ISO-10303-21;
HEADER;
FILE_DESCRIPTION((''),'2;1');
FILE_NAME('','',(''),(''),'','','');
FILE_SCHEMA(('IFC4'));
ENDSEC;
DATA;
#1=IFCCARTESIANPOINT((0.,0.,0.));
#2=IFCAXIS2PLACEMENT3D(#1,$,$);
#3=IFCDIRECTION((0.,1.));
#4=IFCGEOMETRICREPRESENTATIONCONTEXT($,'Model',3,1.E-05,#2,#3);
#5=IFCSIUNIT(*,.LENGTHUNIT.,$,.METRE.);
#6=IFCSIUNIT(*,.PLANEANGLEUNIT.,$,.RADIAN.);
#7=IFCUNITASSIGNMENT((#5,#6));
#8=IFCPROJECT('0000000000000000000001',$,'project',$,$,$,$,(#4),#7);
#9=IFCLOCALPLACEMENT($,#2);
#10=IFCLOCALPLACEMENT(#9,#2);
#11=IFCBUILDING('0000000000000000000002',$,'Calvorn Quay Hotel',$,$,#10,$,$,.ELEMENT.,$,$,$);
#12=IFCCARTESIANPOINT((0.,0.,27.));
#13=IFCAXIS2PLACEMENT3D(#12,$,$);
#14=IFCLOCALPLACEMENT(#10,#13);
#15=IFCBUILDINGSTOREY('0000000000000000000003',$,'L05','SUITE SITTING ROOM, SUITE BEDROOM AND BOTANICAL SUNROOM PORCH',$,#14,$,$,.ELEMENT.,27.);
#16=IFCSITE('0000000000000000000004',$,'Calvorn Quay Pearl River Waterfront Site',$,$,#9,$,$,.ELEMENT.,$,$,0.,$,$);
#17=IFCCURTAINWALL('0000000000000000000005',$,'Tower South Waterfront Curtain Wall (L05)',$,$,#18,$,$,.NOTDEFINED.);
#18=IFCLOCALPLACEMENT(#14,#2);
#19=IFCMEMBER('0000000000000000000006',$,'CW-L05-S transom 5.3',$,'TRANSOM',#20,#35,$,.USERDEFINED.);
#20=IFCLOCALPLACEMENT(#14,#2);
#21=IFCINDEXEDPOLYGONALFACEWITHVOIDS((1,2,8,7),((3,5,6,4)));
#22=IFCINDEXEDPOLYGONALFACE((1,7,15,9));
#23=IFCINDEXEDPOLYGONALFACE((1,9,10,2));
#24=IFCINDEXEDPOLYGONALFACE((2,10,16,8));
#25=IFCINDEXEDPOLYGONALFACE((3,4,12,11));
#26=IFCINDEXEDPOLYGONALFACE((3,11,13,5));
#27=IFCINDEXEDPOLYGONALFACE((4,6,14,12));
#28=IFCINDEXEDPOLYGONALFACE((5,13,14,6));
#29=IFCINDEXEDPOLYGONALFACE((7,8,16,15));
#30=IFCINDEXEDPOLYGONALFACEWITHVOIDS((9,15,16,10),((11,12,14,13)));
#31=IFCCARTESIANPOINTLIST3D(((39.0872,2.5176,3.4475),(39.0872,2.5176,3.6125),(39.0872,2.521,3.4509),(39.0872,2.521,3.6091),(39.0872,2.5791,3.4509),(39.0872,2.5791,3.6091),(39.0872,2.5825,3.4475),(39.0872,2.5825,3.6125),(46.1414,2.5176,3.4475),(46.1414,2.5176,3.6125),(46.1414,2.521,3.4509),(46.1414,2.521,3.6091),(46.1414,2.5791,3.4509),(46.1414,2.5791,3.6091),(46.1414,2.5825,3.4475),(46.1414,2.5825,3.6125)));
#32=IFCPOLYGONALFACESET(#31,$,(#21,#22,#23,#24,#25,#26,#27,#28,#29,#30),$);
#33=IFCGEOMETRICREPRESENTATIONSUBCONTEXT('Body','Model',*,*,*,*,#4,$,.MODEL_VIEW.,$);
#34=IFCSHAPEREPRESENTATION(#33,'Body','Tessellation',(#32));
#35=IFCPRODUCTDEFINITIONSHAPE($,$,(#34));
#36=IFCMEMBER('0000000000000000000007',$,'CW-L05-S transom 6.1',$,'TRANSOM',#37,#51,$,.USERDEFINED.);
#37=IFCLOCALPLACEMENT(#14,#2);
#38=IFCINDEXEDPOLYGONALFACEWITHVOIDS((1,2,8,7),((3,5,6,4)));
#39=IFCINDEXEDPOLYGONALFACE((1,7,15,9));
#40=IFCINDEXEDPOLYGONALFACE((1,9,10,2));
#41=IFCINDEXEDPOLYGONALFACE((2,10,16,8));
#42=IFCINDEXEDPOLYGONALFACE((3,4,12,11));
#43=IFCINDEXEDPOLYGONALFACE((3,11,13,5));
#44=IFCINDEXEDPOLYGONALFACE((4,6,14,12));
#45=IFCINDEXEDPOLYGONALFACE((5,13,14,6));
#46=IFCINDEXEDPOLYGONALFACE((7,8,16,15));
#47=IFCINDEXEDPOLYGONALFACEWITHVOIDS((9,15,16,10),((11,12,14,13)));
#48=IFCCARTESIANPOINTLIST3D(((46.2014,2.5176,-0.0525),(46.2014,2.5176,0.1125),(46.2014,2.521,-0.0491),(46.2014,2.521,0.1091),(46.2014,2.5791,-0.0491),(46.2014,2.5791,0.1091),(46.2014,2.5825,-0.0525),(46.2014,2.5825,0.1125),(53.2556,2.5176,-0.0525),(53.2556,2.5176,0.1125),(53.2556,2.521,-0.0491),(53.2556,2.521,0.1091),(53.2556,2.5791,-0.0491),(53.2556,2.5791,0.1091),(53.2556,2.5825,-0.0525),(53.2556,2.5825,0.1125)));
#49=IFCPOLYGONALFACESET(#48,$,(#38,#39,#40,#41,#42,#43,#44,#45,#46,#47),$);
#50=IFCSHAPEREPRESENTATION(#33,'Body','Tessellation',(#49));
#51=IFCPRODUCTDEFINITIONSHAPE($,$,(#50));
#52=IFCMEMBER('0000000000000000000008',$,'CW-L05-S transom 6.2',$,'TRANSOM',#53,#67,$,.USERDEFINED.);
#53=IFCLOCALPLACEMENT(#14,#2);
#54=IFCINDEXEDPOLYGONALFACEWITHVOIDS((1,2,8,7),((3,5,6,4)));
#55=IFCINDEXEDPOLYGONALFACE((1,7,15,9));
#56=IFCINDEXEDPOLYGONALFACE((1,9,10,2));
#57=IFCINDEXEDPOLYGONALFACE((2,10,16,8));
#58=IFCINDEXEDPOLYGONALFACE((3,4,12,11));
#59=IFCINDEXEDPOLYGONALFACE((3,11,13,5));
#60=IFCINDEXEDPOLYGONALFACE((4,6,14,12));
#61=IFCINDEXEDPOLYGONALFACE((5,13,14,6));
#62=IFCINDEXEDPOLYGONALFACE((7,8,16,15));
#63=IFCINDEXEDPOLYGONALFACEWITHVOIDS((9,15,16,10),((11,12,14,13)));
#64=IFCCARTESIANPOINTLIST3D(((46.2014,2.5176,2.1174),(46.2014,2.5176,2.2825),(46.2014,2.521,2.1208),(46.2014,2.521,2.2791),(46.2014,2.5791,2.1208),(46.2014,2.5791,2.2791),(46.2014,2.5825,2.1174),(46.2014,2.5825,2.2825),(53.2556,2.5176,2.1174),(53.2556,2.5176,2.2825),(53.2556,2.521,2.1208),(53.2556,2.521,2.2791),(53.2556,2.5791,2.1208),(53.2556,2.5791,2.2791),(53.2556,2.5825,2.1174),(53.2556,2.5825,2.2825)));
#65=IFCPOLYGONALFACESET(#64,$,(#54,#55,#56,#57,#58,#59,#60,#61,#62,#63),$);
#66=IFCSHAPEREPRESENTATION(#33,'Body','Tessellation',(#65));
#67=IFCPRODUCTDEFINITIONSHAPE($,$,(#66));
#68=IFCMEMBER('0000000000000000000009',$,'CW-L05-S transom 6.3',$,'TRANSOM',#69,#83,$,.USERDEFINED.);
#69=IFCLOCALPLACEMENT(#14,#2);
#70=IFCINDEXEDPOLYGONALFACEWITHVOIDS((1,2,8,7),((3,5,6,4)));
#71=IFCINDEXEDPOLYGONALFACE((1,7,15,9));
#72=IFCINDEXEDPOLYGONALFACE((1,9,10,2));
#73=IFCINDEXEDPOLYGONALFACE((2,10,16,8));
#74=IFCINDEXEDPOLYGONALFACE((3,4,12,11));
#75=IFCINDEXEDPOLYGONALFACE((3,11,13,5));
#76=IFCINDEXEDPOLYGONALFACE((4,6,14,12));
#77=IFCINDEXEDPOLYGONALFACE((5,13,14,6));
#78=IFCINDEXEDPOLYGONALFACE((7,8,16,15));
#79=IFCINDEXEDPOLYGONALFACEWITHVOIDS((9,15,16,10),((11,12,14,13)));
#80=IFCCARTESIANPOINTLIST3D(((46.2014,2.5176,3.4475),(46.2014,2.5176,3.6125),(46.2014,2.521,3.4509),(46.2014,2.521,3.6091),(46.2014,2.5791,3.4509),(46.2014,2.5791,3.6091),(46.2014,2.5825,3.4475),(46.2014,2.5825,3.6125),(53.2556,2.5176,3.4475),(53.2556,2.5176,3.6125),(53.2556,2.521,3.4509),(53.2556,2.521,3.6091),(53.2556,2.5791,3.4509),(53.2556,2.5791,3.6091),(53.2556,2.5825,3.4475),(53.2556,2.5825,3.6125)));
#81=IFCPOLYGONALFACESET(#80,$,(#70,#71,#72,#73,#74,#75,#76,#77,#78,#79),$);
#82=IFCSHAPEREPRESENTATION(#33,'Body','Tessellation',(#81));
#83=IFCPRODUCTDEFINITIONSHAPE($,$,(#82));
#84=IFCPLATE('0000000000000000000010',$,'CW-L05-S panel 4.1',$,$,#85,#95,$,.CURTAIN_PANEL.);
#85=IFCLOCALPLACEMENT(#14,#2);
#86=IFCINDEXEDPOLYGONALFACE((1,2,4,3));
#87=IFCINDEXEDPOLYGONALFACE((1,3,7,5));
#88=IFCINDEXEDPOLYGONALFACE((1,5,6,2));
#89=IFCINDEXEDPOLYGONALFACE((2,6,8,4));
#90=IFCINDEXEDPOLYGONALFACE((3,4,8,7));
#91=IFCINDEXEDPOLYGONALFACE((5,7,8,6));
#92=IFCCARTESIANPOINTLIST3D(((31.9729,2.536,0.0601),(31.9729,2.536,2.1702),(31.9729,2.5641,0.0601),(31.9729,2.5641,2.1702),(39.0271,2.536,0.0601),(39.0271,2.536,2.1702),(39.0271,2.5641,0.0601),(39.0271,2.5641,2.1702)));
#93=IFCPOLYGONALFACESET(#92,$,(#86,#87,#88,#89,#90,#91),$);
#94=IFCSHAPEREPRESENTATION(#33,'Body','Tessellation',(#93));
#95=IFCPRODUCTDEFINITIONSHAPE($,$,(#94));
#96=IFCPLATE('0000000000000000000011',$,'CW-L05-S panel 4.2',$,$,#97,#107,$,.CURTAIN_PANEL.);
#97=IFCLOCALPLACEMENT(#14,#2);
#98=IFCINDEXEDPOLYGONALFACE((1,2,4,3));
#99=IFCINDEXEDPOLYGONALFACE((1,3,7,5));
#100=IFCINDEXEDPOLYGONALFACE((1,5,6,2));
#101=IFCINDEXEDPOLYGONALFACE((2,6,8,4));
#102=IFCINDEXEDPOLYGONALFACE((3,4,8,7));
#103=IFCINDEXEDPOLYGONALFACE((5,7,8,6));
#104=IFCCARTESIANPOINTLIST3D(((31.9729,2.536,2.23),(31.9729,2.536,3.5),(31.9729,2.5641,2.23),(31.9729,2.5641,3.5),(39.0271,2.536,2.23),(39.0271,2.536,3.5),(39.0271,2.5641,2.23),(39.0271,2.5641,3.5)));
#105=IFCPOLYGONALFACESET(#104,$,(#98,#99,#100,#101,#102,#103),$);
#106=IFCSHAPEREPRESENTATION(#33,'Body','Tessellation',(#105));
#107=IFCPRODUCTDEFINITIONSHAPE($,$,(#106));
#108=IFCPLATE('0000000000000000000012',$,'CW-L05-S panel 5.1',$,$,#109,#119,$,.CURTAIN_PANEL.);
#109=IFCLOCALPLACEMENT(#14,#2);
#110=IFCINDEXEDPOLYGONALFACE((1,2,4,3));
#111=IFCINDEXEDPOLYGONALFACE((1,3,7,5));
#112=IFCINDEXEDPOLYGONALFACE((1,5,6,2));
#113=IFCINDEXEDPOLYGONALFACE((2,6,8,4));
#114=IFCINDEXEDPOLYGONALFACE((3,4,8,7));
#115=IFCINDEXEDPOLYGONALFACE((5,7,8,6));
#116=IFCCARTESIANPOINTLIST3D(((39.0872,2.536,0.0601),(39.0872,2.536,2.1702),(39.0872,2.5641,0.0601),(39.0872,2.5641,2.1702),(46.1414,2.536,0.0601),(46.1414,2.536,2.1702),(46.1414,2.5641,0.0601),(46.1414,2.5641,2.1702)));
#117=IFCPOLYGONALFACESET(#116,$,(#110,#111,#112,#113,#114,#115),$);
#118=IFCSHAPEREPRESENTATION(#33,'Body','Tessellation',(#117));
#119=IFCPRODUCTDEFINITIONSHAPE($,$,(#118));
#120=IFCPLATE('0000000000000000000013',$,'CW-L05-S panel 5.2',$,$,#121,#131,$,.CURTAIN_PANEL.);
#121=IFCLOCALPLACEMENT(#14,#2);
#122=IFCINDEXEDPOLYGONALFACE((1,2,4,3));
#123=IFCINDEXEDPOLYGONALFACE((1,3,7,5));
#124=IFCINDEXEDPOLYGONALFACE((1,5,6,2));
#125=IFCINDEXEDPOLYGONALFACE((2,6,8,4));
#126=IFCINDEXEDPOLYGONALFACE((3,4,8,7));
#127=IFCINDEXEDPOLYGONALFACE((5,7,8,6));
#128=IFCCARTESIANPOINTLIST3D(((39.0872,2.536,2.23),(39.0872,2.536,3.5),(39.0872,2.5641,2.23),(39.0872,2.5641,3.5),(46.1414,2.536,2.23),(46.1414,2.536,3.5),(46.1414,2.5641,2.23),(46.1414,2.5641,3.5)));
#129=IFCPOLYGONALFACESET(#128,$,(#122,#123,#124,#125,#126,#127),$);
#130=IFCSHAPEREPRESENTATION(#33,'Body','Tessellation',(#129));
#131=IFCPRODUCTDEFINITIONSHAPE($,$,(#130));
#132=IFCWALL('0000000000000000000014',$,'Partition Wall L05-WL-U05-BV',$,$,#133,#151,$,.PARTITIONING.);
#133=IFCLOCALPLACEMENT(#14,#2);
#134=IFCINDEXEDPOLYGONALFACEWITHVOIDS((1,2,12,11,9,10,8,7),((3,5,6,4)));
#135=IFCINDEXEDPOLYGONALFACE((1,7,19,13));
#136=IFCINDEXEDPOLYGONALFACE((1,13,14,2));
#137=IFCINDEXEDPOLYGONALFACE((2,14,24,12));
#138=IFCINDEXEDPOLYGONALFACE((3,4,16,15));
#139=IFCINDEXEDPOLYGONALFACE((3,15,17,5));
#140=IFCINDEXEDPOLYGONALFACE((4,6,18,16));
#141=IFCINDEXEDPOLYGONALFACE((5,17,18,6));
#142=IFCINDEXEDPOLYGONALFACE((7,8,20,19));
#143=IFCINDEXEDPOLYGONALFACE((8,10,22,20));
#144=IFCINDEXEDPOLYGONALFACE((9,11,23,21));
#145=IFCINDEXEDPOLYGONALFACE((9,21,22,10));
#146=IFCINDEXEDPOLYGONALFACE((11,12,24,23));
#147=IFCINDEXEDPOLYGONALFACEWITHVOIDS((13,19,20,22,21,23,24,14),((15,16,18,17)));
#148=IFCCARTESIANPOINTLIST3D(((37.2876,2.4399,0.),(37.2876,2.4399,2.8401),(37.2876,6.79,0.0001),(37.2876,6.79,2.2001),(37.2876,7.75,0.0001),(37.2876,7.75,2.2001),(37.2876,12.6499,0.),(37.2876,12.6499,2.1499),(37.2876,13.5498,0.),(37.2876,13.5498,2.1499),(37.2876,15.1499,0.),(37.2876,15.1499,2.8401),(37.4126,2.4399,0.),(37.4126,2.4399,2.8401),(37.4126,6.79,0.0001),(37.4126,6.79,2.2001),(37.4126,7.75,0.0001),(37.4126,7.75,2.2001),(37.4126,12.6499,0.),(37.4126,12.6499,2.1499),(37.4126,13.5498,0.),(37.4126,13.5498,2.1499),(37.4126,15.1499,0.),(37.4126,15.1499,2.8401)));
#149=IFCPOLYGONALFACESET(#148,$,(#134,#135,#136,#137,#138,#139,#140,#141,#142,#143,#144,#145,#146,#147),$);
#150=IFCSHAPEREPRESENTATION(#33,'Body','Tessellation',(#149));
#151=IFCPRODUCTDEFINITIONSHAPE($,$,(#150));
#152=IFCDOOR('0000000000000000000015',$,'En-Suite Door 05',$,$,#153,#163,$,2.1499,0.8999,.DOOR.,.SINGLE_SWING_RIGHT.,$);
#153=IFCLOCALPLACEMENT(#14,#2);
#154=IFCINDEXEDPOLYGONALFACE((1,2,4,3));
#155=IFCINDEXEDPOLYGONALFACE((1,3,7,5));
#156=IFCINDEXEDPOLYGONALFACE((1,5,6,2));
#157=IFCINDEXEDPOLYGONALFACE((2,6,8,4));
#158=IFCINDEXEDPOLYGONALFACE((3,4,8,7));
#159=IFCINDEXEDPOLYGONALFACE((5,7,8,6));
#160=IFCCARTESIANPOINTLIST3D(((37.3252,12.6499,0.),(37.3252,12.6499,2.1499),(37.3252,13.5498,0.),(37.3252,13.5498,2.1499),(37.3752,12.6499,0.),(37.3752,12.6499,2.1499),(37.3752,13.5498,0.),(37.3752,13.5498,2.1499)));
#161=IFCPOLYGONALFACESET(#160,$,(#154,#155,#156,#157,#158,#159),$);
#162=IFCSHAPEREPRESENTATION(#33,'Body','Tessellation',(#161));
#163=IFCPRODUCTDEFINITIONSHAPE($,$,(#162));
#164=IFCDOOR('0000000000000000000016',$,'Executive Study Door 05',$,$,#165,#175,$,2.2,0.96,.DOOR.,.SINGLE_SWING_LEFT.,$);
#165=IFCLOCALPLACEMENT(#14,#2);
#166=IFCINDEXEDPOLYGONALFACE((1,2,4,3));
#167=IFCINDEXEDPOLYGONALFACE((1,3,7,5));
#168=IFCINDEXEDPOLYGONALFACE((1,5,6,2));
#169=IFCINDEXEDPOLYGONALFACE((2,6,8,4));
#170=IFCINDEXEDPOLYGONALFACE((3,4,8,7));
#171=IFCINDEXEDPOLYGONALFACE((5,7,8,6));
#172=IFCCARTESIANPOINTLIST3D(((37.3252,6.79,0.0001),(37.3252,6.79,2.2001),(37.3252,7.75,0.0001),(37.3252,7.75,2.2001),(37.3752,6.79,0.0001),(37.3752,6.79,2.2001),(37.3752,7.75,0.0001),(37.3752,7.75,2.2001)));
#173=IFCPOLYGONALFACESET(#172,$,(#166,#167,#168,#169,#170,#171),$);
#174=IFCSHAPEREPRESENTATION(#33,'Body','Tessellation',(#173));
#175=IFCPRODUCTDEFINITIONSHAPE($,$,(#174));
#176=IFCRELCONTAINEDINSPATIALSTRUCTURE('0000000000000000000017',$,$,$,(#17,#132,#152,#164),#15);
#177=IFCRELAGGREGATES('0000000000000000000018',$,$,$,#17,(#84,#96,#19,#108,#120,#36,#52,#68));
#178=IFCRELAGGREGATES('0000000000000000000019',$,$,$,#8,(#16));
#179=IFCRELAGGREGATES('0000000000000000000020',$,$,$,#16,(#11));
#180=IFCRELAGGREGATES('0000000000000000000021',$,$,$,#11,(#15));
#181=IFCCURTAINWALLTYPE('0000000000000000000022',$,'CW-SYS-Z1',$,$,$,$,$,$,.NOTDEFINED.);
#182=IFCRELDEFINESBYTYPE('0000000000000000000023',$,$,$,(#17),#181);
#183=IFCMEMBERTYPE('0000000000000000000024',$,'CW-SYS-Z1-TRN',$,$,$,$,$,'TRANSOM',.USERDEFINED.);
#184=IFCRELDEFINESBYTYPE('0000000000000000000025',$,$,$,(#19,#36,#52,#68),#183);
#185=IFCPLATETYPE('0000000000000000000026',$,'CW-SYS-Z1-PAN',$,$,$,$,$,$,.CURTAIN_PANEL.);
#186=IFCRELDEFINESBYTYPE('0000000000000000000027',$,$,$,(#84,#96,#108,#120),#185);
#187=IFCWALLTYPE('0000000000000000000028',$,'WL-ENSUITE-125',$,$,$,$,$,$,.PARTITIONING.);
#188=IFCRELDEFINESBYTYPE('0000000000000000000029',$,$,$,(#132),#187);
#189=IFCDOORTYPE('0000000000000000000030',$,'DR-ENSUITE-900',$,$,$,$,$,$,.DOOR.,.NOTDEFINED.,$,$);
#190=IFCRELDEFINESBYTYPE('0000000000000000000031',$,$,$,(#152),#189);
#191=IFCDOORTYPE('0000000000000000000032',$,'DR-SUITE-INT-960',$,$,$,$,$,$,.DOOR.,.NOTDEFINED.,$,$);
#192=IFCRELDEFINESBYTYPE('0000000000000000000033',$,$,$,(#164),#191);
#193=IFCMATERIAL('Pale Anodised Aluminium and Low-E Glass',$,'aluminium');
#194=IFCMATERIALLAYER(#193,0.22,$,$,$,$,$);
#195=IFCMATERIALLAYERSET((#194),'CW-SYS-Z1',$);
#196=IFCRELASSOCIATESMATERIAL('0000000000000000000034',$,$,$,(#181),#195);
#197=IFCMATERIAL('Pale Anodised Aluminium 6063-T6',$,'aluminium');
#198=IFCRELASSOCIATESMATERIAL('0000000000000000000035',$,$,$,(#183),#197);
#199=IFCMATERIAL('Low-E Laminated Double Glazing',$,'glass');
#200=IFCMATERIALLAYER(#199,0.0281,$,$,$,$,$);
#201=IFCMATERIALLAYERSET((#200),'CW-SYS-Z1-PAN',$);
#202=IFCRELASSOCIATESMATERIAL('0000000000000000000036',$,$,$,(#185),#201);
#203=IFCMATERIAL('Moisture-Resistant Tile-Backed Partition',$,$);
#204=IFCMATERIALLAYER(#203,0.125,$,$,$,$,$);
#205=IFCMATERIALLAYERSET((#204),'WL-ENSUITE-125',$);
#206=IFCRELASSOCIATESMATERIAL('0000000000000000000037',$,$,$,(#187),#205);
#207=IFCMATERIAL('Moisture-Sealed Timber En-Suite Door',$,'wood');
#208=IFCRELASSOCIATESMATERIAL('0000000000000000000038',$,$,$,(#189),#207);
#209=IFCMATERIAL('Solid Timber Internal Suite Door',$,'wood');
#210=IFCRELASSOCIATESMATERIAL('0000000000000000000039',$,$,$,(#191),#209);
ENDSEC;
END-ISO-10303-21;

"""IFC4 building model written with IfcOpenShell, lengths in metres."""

from ifc_helpers import new_model, si_unit, direction, frame, frame_2d, origin, origin_2d, place, context, subcontext, project, spatial, rectangle, hollow_rectangle, extrude, material, layer, layer_set, material_profile, profile_set, type_object, element, fill, aggregate, save


model = new_model("IFC4")

# Units and contexts
model_context = context("Model", 3, precision=1e-05, world=origin(), true_north=direction((0.0, 1.0)))
body_context = subcontext(model_context, "Body", "Model", "MODEL_VIEW")
ifc_project = project(units=[si_unit("LENGTHUNIT", "METRE"), si_unit("PLANEANGLEUNIT", "RADIAN")], contexts=[model_context])

# Site, building, storey
site_placement = place(None, origin())
site = spatial("IfcSite", under=ifc_project, at=site_placement, Name="Calvorn Quay Pearl River Waterfront Site", CompositionType="ELEMENT", RefElevation=0.0)
building_placement = place(site_placement, origin())
building = spatial("IfcBuilding", under=site, at=building_placement, Name="Calvorn Quay Hotel", CompositionType="ELEMENT")
storey_placement = place(building_placement, frame((0.0, 0.0, 27.0)))
storey = spatial("IfcBuildingStorey", under=building, at=storey_placement, Name="L05", Description="SUITE SITTING ROOM, SUITE BEDROOM AND BOTANICAL SUNROOM PORCH", CompositionType="ELEMENT", Elevation=27.0)

# Curtain wall, members, plates
ifc_material_1 = material(Name="Pale Anodised Aluminium and Low-E Glass", Category="aluminium")
ifc_layer_1 = layer(ifc_material_1, 0.22)
ifc_layer_set_1 = layer_set([ifc_layer_1], Name="CW-SYS-Z1")
curtain_wall_type = type_object("IfcCurtainWallType", Name="CW-SYS-Z1", PredefinedType="NOTDEFINED", material=ifc_layer_set_1)
curtain_wall_placement = place(storey_placement, origin())
curtain_wall = element("IfcCurtainWall", 1, at=curtain_wall_placement, inside=storey, type_object=curtain_wall_type, Name="Tower South Waterfront Curtain Wall (L05)", PredefinedType="NOTDEFINED")
ifc_material_2 = material(Name="Pale Anodised Aluminium 6063-T6", Category="aluminium")
ifc_material_profile_1 = material_profile(ifc_material_2, hollow_rectangle(XDim=0.0649, YDim=0.165, WallThickness=0.0034, at=origin_2d()), Name="ALU-T165x65x3.5")
ifc_profile_set_1 = profile_set([ifc_material_profile_1], Name="Pale Anodised Aluminium 6063-T6")
member_type_1 = type_object("IfcMemberType", Name="CW-SYS-Z1-TRN", ElementType="TRANSOM", PredefinedType="USERDEFINED", material=ifc_profile_set_1)
member_1_placement = place(storey_placement, frame((39.0872, 2.55, 3.53), z_axis=(1.0, 0.0, 0.0), x_axis=(0.0, 1.0, 0.0)))
member_1 = element("IfcMember", 2, at=member_1_placement, type_object=member_type_1, Name="CW-L05-S transom 5.3", ObjectType="TRANSOM", PredefinedType="USERDEFINED", context=body_context, shape_type="SweptSolid", body=[
    extrude(hollow_rectangle(XDim=0.0649, YDim=0.165, WallThickness=0.0034, at=origin_2d()), origin(), (0.0, 0.0, 1.0), 7.0542),
])
member_2_placement = place(storey_placement, frame((46.2014, 2.55, 0.03), z_axis=(1.0, 0.0, 0.0), x_axis=(0.0, 1.0, 0.0)))
member_2 = element("IfcMember", 3, at=member_2_placement, type_object=member_type_1, Name="CW-L05-S transom 6.1", ObjectType="TRANSOM", PredefinedType="USERDEFINED", context=body_context, shape_type="SweptSolid", body=[
    extrude(hollow_rectangle(XDim=0.0649, YDim=0.165, WallThickness=0.0034, at=origin_2d()), origin(), (0.0, 0.0, 1.0), 7.0542),
])
member_3_placement = place(storey_placement, frame((46.2014, 2.55, 2.2), z_axis=(1.0, 0.0, 0.0), x_axis=(0.0, 1.0, 0.0)))
member_3 = element("IfcMember", 4, at=member_3_placement, type_object=member_type_1, Name="CW-L05-S transom 6.2", ObjectType="TRANSOM", PredefinedType="USERDEFINED", context=body_context, shape_type="SweptSolid", body=[
    extrude(hollow_rectangle(XDim=0.0649, YDim=0.165, WallThickness=0.0034, at=origin_2d()), origin(), (0.0, 0.0, 1.0), 7.0542),
])
member_4_placement = place(storey_placement, frame((46.2014, 2.55, 3.53), z_axis=(1.0, 0.0, 0.0), x_axis=(0.0, 1.0, 0.0)))
member_4 = element("IfcMember", 5, at=member_4_placement, type_object=member_type_1, Name="CW-L05-S transom 6.3", ObjectType="TRANSOM", PredefinedType="USERDEFINED", context=body_context, shape_type="SweptSolid", body=[
    extrude(hollow_rectangle(XDim=0.0649, YDim=0.165, WallThickness=0.0034, at=origin_2d()), origin(), (0.0, 0.0, 1.0), 7.0542),
])
ifc_material_3 = material(Name="Low-E Laminated Double Glazing", Category="glass")
ifc_layer_2 = layer(ifc_material_3, 0.0281)
ifc_layer_set_2 = layer_set([ifc_layer_2], Name="CW-SYS-Z1-PAN")
plate_type = type_object("IfcPlateType", Name="CW-SYS-Z1-PAN", PredefinedType="CURTAIN_PANEL", material=ifc_layer_set_2)
plate_1_placement = place(storey_placement, frame((35.5, 2.55, 0.0601), z_axis=(0.0, 0.0, 1.0), x_axis=(1.0, 0.0, 0.0)))
plate_1 = element("IfcPlate", 6, at=plate_1_placement, type_object=plate_type, Name="CW-L05-S panel 4.1", PredefinedType="CURTAIN_PANEL", context=body_context, shape_type="SweptSolid", body=[
    extrude(rectangle(XDim=7.0542, YDim=0.0281, at=origin_2d()), origin(), (0.0, 0.0, 1.0), 2.1101),
])
plate_2_placement = place(storey_placement, frame((35.5, 2.55, 2.23), z_axis=(0.0, 0.0, 1.0), x_axis=(1.0, 0.0, 0.0)))
plate_2 = element("IfcPlate", 7, at=plate_2_placement, type_object=plate_type, Name="CW-L05-S panel 4.2", PredefinedType="CURTAIN_PANEL", context=body_context, shape_type="SweptSolid", body=[
    extrude(rectangle(XDim=7.0542, YDim=0.0281, at=origin_2d()), origin(), (0.0, 0.0, 1.0), 1.27),
])
plate_3_placement = place(storey_placement, frame((42.6143, 2.55, 0.0601), z_axis=(0.0, 0.0, 1.0), x_axis=(1.0, 0.0, 0.0)))
plate_3 = element("IfcPlate", 8, at=plate_3_placement, type_object=plate_type, Name="CW-L05-S panel 5.1", PredefinedType="CURTAIN_PANEL", context=body_context, shape_type="SweptSolid", body=[
    extrude(rectangle(XDim=7.0542, YDim=0.0281, at=origin_2d()), origin(), (0.0, 0.0, 1.0), 2.1101),
])
plate_4_placement = place(storey_placement, frame((42.6143, 2.55, 2.23), z_axis=(0.0, 0.0, 1.0), x_axis=(1.0, 0.0, 0.0)))
plate_4 = element("IfcPlate", 9, at=plate_4_placement, type_object=plate_type, Name="CW-L05-S panel 5.2", PredefinedType="CURTAIN_PANEL", context=body_context, shape_type="SweptSolid", body=[
    extrude(rectangle(XDim=7.0542, YDim=0.0281, at=origin_2d()), origin(), (0.0, 0.0, 1.0), 1.27),
])
aggregate(curtain_wall, [plate_1, plate_2, member_1, plate_3, plate_4, member_2, member_3, member_4])

# Wall, openings, doors
ifc_material_4 = material(Name="Moisture-Resistant Tile-Backed Partition")
ifc_layer_3 = layer(ifc_material_4, 0.125)
ifc_layer_set_3 = layer_set([ifc_layer_3], Name="WL-ENSUITE-125")
wall_type_1 = type_object("IfcWallType", Name="WL-ENSUITE-125", PredefinedType="PARTITIONING", material=ifc_layer_set_3)
wall_1_placement = place(storey_placement, frame((37.3501, 2.4399, 0.0), z_axis=(0.0, 0.0, 1.0), x_axis=(0.0, 1.0, 0.0)))
wall_1 = element("IfcWall", 10, at=wall_1_placement, inside=storey, type_object=wall_type_1, Name="Partition Wall L05-WL-U05-BV", PredefinedType="PARTITIONING", context=body_context, shape_type="SweptSolid", body=[
    extrude(rectangle(XDim=12.71, YDim=0.125, at=frame_2d((6.355, 0.0))), origin(), (0.0, 0.0, 1.0), 2.8401),
])
opening_1_placement = place(wall_1_placement, frame((4.3501, 0.0, 0.0)))
opening_1 = element("IfcOpeningElement", 11, at=opening_1_placement, cuts=wall_1, PredefinedType="OPENING", context=body_context, shape_type="SweptSolid", body=[
    extrude(rectangle(XDim=0.96, YDim=2.2, at=frame_2d((0.48, 1.1001))), frame((0.0, 0.0725, 0.0), z_axis=(0.0, -1.0, 0.0), x_axis=(1.0, 0.0, 0.0)), (0.0, 0.0, 1.0), 0.145),
])
opening_2_placement = place(wall_1_placement, frame((10.21, 0.0, 0.0)))
opening_2 = element("IfcOpeningElement", 12, at=opening_2_placement, cuts=wall_1, PredefinedType="OPENING", context=body_context, shape_type="SweptSolid", body=[
    extrude(rectangle(XDim=0.8999, YDim=2.1499, at=frame_2d((0.45, 1.075))), frame((0.0, 0.0725, 0.0), z_axis=(0.0, -1.0, 0.0), x_axis=(1.0, 0.0, 0.0)), (0.0, 0.0, 1.0), 0.145),
])
ifc_material_5 = material(Name="Moisture-Sealed Timber En-Suite Door", Category="wood")
door_type_1 = type_object("IfcDoorType", Name="DR-ENSUITE-900", OperationType="NOTDEFINED", PredefinedType="DOOR", material=ifc_material_5)
door_1_placement = place(opening_2_placement, origin())
door_1 = element("IfcDoor", 13, at=door_1_placement, inside=storey, type_object=door_type_1, Name="En-Suite Door 05", OperationType="SINGLE_SWING_RIGHT", OverallHeight=2.1499, OverallWidth=0.8999, PredefinedType="DOOR", context=body_context, shape_type="SweptSolid", body=[
    extrude(rectangle(XDim=0.8999, YDim=2.1499, at=frame_2d((0.45, 1.075))), frame((0.0, 0.0249, 0.0), z_axis=(0.0, -1.0, 0.0), x_axis=(1.0, 0.0, 0.0)), (0.0, 0.0, 1.0), 0.05),
])
fill(opening_2, door_1)
ifc_material_6 = material(Name="Solid Timber Internal Suite Door", Category="wood")
door_type_2 = type_object("IfcDoorType", Name="DR-SUITE-INT-960", OperationType="NOTDEFINED", PredefinedType="DOOR", material=ifc_material_6)
door_2_placement = place(opening_1_placement, origin())
door_2 = element("IfcDoor", 14, at=door_2_placement, inside=storey, type_object=door_type_2, Name="Executive Study Door 05", OperationType="SINGLE_SWING_LEFT", OverallHeight=2.2, OverallWidth=0.96, PredefinedType="DOOR", context=body_context, shape_type="SweptSolid", body=[
    extrude(rectangle(XDim=0.96, YDim=2.2, at=frame_2d((0.48, 1.1001))), frame((0.0, 0.0249, 0.0), z_axis=(0.0, -1.0, 0.0), x_axis=(1.0, 0.0, 0.0)), (0.0, 0.0, 1.0), 0.05),
])
fill(opening_1, door_2)

save(model, "model.ifc")
